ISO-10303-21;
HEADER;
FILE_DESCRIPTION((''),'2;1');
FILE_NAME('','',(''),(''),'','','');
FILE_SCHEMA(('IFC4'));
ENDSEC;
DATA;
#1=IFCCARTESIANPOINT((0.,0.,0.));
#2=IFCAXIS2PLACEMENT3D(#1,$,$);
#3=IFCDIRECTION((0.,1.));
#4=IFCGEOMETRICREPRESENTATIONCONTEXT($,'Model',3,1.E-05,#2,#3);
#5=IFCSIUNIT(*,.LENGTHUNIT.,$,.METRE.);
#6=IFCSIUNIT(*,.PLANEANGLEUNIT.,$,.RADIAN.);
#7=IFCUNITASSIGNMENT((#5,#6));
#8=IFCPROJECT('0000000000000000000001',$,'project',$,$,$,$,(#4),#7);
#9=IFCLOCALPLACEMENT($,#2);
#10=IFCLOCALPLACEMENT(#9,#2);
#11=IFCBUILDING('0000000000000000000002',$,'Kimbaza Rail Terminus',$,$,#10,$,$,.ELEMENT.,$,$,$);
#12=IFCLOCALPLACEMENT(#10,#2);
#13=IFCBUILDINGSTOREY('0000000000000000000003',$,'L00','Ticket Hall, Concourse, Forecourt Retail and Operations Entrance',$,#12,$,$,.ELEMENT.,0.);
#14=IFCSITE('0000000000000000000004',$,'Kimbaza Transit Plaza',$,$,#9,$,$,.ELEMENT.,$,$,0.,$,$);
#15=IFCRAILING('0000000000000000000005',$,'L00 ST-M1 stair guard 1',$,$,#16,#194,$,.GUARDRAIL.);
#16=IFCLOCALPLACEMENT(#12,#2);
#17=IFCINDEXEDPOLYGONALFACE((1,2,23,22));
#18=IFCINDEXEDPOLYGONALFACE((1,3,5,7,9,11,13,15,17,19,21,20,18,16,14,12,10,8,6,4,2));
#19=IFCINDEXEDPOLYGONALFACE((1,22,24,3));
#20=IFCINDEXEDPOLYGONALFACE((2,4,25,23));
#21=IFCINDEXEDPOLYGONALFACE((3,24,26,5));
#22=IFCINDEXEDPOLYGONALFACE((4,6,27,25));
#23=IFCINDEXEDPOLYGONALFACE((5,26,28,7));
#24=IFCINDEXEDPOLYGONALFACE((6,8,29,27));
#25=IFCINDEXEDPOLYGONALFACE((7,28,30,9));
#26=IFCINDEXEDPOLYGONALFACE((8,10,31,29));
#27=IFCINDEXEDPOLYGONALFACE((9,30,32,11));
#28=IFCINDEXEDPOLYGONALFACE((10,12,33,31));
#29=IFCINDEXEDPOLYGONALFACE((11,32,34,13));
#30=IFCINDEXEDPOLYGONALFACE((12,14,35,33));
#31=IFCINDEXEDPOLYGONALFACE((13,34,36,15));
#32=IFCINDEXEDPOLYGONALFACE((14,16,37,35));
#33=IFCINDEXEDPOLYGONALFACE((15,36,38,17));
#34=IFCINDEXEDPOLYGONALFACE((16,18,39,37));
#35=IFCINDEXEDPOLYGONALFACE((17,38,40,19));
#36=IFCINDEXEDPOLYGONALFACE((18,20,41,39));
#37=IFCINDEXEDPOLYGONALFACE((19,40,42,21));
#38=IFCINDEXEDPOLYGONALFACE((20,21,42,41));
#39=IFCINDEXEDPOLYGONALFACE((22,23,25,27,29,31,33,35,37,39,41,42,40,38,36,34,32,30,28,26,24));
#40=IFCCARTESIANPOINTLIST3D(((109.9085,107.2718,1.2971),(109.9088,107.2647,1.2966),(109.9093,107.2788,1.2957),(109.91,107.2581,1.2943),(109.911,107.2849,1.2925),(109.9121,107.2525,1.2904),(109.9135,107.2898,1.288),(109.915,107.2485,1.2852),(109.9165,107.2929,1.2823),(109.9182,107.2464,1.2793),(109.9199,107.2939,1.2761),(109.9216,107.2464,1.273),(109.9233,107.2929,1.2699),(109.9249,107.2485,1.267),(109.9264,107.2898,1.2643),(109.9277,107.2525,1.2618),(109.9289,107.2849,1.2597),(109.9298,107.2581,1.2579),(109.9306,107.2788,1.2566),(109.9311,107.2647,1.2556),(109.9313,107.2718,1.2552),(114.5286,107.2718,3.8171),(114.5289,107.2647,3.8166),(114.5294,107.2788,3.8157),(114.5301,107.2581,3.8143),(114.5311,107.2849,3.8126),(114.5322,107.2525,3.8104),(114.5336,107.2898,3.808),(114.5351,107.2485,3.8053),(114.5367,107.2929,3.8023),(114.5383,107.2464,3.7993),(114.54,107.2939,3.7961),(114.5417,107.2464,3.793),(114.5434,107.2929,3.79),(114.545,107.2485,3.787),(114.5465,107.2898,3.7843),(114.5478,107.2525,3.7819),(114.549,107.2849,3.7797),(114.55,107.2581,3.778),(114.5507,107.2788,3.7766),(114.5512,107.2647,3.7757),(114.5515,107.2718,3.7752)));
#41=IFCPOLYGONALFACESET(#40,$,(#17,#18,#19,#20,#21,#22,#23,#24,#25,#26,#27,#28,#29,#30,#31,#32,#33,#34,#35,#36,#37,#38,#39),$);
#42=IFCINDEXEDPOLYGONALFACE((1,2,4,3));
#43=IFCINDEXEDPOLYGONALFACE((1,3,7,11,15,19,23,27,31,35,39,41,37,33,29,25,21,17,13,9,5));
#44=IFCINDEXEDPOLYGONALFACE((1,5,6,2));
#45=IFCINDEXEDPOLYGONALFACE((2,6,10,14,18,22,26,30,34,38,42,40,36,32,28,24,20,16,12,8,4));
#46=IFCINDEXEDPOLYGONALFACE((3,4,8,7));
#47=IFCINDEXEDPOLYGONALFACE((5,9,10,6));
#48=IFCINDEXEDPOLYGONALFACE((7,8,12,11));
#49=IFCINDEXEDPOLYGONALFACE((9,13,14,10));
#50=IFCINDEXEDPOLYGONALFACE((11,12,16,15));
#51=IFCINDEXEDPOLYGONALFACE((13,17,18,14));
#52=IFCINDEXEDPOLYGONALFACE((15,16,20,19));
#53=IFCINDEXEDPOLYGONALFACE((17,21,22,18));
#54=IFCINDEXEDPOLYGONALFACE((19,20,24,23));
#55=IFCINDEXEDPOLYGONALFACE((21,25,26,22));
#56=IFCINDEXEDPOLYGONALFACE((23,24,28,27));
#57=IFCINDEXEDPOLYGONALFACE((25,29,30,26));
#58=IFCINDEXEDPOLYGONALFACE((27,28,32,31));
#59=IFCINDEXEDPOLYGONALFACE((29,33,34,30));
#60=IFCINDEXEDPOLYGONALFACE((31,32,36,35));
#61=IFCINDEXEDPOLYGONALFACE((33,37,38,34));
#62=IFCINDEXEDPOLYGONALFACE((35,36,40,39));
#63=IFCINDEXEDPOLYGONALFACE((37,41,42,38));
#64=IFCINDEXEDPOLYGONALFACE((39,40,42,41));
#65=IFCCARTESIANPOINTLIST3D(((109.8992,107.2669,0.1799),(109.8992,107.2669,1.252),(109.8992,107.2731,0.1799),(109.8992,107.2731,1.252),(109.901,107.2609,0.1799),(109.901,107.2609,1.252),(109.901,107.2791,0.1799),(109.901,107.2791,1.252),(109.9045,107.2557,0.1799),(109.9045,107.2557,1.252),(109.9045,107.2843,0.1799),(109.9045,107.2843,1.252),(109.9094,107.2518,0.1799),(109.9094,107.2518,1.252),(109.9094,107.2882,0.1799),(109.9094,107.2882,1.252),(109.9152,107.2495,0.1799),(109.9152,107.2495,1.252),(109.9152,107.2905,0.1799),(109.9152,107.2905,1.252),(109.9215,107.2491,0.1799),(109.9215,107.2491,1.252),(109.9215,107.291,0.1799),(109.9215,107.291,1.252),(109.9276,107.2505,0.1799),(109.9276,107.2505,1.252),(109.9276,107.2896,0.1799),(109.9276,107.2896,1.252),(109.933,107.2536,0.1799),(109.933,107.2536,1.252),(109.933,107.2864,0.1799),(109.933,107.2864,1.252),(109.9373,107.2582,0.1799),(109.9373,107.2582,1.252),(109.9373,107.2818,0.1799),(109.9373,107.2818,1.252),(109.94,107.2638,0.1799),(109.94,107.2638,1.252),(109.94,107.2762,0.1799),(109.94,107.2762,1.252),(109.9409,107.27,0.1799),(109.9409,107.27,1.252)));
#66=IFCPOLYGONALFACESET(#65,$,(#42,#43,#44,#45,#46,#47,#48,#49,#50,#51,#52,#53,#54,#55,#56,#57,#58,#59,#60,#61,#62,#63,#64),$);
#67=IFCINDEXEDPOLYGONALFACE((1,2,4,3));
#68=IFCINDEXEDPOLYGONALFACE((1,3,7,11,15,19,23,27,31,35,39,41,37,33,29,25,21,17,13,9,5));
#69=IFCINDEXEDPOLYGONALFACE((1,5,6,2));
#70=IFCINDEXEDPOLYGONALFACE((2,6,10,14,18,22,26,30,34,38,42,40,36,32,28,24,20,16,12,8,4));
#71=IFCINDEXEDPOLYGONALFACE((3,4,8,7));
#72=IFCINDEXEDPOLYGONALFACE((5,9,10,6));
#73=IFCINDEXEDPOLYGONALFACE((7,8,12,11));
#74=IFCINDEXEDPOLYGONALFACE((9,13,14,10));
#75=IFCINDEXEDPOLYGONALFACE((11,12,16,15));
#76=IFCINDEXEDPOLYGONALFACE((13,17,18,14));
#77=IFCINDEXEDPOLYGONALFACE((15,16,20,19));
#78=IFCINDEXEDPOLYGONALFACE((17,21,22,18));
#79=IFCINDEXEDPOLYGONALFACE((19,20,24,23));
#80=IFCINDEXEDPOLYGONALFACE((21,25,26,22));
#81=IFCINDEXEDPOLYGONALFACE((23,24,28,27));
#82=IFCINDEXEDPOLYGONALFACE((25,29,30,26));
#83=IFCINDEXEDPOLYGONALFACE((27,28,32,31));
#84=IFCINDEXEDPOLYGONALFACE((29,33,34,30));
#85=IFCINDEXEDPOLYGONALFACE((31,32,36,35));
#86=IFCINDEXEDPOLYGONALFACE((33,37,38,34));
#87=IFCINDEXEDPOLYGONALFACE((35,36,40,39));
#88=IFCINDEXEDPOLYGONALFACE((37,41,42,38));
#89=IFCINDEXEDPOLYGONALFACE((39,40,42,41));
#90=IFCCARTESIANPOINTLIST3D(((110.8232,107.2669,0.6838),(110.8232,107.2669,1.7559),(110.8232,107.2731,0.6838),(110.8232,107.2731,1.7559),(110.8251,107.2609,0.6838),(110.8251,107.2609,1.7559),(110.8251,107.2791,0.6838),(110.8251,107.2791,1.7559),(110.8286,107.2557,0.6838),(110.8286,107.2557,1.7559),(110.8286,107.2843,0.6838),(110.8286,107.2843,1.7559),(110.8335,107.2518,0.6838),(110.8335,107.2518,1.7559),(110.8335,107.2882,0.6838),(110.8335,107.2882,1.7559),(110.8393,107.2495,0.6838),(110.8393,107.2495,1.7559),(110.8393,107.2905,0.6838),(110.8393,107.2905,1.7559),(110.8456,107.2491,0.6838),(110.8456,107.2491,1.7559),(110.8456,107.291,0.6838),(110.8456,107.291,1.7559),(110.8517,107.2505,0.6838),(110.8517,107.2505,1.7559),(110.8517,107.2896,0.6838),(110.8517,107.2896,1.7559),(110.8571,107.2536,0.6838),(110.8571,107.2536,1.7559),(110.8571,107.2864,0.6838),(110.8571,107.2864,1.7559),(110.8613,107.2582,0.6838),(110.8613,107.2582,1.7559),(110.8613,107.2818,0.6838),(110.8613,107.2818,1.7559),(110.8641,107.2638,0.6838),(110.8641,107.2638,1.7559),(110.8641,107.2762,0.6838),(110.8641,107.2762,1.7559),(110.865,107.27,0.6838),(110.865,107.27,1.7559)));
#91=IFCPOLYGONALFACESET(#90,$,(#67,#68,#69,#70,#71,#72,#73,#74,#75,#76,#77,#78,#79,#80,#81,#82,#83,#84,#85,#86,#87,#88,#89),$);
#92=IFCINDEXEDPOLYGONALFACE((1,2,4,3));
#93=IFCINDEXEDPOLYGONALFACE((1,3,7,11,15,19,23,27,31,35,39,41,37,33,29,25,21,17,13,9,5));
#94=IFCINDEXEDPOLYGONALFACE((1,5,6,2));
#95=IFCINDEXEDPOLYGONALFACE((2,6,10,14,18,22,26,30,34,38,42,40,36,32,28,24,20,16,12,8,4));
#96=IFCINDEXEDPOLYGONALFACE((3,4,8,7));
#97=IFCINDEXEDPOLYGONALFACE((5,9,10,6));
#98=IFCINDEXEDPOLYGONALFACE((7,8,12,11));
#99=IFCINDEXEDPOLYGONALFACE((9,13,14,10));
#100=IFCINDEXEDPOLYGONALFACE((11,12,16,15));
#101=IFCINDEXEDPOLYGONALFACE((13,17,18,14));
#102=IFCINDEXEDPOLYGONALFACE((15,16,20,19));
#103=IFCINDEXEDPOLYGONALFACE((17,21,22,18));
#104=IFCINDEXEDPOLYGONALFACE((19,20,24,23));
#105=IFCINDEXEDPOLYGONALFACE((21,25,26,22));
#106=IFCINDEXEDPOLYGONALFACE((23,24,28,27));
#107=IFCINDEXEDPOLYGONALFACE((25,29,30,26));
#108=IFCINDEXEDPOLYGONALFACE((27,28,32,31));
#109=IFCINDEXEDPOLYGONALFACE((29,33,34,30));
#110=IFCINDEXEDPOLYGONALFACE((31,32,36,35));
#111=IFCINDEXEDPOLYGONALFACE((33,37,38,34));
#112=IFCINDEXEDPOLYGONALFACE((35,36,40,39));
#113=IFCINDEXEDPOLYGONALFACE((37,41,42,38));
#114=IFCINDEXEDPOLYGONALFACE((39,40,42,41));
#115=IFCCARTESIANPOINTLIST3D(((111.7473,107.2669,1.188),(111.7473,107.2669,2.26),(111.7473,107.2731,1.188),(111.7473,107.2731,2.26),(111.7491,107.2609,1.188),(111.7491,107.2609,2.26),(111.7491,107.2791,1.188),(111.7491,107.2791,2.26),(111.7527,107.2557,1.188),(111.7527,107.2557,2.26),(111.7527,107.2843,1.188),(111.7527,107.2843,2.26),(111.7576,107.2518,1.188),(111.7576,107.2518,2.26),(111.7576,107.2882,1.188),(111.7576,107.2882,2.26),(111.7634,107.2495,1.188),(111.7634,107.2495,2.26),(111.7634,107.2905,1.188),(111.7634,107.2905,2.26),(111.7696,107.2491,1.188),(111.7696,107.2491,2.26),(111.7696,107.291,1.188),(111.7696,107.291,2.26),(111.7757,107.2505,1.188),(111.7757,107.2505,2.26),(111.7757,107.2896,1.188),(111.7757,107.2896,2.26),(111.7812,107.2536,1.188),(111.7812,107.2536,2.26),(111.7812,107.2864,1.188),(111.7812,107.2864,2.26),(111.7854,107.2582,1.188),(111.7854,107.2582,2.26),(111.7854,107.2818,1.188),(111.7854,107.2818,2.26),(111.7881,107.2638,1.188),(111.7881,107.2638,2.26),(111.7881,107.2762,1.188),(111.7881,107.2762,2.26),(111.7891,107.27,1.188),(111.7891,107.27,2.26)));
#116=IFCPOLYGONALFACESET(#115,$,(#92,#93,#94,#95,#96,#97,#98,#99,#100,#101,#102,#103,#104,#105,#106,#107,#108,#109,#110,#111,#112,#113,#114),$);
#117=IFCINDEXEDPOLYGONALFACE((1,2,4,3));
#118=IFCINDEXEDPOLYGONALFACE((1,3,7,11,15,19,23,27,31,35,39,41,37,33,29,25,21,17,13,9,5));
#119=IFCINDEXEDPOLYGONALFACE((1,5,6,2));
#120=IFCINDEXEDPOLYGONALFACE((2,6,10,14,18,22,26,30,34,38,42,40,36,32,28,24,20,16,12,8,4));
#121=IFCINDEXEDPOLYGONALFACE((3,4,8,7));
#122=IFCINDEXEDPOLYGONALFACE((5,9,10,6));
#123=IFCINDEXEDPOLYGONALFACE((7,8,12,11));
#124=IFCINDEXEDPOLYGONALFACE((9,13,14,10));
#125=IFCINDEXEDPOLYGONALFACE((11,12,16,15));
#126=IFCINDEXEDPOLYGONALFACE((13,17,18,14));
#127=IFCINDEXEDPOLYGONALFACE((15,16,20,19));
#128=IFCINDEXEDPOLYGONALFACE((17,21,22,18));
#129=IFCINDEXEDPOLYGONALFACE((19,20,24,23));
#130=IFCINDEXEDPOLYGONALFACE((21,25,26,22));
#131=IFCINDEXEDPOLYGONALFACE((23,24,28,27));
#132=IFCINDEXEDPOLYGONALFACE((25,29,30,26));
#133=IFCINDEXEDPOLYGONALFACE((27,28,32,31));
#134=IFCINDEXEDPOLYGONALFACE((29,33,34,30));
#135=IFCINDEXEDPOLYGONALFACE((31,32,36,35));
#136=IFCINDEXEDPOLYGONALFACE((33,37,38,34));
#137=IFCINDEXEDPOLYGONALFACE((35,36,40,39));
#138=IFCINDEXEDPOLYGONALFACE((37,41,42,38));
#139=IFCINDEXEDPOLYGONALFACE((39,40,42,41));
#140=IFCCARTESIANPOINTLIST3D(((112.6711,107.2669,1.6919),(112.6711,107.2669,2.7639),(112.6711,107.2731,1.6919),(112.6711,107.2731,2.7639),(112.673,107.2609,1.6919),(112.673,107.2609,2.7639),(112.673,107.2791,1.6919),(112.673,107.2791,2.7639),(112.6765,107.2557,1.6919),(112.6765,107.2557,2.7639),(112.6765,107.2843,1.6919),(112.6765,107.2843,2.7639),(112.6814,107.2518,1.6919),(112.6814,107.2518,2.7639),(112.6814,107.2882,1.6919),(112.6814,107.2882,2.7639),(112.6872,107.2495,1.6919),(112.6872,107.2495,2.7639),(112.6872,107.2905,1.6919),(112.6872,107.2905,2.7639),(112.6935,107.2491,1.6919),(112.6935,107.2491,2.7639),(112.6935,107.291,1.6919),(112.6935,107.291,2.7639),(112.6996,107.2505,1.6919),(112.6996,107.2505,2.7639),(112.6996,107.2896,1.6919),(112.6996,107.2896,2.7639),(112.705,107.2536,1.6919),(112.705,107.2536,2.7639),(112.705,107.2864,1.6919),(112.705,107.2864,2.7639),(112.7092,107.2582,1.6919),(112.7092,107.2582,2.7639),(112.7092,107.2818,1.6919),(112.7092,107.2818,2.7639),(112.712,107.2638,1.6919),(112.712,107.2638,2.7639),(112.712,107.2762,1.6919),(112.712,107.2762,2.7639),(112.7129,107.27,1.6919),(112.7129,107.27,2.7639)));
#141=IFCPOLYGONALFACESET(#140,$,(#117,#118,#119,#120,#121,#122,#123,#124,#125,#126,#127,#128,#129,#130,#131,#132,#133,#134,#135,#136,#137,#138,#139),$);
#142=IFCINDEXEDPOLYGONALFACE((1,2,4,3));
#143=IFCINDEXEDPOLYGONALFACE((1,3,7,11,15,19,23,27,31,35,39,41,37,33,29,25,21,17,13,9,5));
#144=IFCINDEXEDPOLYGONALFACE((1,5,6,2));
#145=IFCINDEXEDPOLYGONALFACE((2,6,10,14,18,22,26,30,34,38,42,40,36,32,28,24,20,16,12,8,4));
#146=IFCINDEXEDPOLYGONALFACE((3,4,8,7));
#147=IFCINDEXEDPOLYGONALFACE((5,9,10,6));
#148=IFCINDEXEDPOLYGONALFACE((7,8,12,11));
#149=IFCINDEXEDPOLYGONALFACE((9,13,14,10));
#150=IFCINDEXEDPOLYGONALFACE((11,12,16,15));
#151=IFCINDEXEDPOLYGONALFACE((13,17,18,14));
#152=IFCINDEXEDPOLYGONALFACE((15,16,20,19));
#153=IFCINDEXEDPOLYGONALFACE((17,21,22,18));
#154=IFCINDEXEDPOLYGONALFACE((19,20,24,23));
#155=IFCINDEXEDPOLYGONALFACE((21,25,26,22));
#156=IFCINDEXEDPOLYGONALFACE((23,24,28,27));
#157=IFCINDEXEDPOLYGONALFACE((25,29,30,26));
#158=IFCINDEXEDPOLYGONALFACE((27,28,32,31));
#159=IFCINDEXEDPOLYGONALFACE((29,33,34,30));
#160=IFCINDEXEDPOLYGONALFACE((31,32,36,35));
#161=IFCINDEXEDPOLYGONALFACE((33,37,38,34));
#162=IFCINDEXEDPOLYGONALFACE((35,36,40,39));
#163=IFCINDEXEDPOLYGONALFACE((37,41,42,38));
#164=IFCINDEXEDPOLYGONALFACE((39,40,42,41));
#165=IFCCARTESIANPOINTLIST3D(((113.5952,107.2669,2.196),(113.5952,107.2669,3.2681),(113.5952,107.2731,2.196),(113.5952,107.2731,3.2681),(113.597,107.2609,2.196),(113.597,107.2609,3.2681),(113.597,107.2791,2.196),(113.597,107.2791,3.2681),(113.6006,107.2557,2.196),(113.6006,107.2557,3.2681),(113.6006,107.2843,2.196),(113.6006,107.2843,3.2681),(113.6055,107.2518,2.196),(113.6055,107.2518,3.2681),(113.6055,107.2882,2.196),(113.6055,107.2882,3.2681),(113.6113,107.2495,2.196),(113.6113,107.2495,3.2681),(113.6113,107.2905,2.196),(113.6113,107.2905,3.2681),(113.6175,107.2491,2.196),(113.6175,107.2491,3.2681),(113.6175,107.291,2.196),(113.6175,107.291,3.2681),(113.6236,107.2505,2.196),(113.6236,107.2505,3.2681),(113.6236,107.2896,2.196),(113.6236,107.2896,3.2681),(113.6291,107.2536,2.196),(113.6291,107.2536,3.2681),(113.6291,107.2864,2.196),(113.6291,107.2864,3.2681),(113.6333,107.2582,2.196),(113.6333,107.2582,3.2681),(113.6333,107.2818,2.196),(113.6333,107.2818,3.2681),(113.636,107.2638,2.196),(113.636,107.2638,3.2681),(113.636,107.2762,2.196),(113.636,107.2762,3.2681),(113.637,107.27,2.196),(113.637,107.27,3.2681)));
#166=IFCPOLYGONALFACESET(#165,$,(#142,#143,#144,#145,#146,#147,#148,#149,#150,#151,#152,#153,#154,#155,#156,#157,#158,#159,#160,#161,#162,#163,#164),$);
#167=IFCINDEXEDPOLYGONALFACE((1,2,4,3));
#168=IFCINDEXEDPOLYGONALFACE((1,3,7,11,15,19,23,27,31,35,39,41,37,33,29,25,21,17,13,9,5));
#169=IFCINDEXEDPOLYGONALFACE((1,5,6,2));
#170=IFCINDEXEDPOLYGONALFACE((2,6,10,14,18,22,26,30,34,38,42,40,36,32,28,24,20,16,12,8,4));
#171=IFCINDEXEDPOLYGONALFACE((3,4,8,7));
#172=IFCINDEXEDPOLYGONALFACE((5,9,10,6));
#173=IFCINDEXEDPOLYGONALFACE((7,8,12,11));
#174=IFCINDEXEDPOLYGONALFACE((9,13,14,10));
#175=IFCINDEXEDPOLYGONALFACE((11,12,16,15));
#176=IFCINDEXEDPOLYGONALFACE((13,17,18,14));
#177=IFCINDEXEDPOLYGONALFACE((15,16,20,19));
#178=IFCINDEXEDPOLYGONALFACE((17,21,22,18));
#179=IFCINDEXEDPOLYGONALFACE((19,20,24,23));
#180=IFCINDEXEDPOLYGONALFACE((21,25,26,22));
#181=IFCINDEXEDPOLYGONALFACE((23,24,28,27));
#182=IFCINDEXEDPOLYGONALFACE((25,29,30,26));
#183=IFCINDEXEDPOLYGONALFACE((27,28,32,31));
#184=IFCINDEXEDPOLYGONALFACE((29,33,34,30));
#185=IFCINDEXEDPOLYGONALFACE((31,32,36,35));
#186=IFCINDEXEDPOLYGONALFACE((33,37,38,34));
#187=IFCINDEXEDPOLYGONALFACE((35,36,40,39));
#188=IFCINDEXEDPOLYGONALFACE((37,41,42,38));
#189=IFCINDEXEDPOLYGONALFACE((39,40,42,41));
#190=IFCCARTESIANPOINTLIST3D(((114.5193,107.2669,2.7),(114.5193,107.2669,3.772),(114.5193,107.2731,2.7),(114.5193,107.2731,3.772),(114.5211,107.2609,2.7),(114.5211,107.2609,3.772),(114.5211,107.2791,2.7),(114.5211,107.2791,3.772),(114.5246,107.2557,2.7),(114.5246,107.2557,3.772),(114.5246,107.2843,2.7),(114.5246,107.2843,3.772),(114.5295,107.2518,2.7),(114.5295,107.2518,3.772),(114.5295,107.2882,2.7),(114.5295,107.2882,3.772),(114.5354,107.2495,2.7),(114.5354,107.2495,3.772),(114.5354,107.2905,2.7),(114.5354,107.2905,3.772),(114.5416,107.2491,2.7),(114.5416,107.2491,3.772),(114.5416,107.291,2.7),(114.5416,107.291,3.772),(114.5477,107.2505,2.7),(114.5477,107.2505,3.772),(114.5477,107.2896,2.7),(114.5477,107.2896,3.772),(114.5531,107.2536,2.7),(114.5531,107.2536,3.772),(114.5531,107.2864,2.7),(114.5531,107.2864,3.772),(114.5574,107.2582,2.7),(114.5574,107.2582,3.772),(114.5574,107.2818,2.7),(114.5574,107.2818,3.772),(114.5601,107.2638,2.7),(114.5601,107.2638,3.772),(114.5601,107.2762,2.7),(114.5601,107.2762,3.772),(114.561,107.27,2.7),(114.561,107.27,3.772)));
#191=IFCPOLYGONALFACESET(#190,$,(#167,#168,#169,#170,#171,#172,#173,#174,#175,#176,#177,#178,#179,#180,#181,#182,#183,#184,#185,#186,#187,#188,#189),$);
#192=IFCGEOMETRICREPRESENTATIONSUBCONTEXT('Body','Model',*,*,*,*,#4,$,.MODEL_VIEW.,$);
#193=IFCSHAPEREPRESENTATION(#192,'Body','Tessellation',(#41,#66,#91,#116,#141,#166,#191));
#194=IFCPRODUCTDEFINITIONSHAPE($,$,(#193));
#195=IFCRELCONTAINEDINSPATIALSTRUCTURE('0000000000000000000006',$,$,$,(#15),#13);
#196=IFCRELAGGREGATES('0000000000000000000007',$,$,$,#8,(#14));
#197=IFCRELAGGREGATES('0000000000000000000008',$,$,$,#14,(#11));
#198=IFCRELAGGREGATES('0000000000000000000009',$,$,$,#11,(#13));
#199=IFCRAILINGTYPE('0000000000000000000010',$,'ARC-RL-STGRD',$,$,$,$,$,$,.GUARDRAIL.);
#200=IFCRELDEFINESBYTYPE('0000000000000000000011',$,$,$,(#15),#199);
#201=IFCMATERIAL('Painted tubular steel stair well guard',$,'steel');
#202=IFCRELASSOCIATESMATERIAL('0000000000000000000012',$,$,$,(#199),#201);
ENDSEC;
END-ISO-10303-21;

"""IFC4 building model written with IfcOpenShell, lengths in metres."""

from ifc_helpers import new_model, si_unit, direction, frame, origin, origin_2d, place, context, subcontext, project, spatial, circle, extrude, material, type_object, element, save


model = new_model("IFC4")

# Units and contexts
model_context = context("Model", 3, precision=1e-05, world=origin(), true_north=direction((0.0, 1.0)))
body_context = subcontext(model_context, "Body", "Model", "MODEL_VIEW")
ifc_project = project(units=[si_unit("LENGTHUNIT", "METRE"), si_unit("PLANEANGLEUNIT", "RADIAN")], contexts=[model_context])

# Site, building, storey
site_placement = place(None, origin())
site = spatial("IfcSite", under=ifc_project, at=site_placement, Name="Kimbaza Transit Plaza", CompositionType="ELEMENT", RefElevation=0.0)
building_placement = place(site_placement, origin())
building = spatial("IfcBuilding", under=site, at=building_placement, Name="Kimbaza Rail Terminus", CompositionType="ELEMENT")
storey_placement = place(building_placement, origin())
storey = spatial("IfcBuildingStorey", under=building, at=storey_placement, Name="L00", Description="Ticket Hall, Concourse, Forecourt Retail and Operations Entrance", CompositionType="ELEMENT", Elevation=0.0)

# Railing
ifc_material_1 = material(Name="Painted tubular steel stair well guard", Category="steel")
railing_type_1 = type_object("IfcRailingType", Name="ARC-RL-STGRD", PredefinedType="GUARDRAIL", material=ifc_material_1)
railing_1_placement = place(storey_placement, frame((109.9199, 107.27, 0.1799)))
element("IfcRailing", 1, at=railing_1_placement, inside=storey, type_object=railing_type_1, Name="L00 ST-M1 stair guard 1", PredefinedType="GUARDRAIL", context=body_context, shape_type="SweptSolid", body=[
    extrude(circle(Radius=0.0239, at=origin_2d()), frame((0.0, 0.0, 1.0962), z_axis=(0.877899, 0.0, 0.478846), x_axis=(0.0, 1.0, 0.0)), (0.0, 0.0, 1.0), 5.2627),
    extrude(circle(Radius=0.021, at=origin_2d()), origin(), (0.0, 0.0, 1.0), 1.072),
    extrude(circle(Radius=0.021, at=origin_2d()), frame((0.9241, 0.0, 0.5039)), (0.0, 0.0, 1.0), 1.072),
    extrude(circle(Radius=0.021, at=origin_2d()), frame((1.8481, 0.0, 1.0081)), (0.0, 0.0, 1.0), 1.072),
    extrude(circle(Radius=0.021, at=origin_2d()), frame((2.772, 0.0, 1.512)), (0.0, 0.0, 1.0), 1.072),
    extrude(circle(Radius=0.021, at=origin_2d()), frame((3.696, 0.0, 2.0161)), (0.0, 0.0, 1.0), 1.072),
    extrude(circle(Radius=0.021, at=origin_2d()), frame((4.6201, 0.0, 2.52)), (0.0, 0.0, 1.0), 1.072),
])

save(model, "model.ifc")
